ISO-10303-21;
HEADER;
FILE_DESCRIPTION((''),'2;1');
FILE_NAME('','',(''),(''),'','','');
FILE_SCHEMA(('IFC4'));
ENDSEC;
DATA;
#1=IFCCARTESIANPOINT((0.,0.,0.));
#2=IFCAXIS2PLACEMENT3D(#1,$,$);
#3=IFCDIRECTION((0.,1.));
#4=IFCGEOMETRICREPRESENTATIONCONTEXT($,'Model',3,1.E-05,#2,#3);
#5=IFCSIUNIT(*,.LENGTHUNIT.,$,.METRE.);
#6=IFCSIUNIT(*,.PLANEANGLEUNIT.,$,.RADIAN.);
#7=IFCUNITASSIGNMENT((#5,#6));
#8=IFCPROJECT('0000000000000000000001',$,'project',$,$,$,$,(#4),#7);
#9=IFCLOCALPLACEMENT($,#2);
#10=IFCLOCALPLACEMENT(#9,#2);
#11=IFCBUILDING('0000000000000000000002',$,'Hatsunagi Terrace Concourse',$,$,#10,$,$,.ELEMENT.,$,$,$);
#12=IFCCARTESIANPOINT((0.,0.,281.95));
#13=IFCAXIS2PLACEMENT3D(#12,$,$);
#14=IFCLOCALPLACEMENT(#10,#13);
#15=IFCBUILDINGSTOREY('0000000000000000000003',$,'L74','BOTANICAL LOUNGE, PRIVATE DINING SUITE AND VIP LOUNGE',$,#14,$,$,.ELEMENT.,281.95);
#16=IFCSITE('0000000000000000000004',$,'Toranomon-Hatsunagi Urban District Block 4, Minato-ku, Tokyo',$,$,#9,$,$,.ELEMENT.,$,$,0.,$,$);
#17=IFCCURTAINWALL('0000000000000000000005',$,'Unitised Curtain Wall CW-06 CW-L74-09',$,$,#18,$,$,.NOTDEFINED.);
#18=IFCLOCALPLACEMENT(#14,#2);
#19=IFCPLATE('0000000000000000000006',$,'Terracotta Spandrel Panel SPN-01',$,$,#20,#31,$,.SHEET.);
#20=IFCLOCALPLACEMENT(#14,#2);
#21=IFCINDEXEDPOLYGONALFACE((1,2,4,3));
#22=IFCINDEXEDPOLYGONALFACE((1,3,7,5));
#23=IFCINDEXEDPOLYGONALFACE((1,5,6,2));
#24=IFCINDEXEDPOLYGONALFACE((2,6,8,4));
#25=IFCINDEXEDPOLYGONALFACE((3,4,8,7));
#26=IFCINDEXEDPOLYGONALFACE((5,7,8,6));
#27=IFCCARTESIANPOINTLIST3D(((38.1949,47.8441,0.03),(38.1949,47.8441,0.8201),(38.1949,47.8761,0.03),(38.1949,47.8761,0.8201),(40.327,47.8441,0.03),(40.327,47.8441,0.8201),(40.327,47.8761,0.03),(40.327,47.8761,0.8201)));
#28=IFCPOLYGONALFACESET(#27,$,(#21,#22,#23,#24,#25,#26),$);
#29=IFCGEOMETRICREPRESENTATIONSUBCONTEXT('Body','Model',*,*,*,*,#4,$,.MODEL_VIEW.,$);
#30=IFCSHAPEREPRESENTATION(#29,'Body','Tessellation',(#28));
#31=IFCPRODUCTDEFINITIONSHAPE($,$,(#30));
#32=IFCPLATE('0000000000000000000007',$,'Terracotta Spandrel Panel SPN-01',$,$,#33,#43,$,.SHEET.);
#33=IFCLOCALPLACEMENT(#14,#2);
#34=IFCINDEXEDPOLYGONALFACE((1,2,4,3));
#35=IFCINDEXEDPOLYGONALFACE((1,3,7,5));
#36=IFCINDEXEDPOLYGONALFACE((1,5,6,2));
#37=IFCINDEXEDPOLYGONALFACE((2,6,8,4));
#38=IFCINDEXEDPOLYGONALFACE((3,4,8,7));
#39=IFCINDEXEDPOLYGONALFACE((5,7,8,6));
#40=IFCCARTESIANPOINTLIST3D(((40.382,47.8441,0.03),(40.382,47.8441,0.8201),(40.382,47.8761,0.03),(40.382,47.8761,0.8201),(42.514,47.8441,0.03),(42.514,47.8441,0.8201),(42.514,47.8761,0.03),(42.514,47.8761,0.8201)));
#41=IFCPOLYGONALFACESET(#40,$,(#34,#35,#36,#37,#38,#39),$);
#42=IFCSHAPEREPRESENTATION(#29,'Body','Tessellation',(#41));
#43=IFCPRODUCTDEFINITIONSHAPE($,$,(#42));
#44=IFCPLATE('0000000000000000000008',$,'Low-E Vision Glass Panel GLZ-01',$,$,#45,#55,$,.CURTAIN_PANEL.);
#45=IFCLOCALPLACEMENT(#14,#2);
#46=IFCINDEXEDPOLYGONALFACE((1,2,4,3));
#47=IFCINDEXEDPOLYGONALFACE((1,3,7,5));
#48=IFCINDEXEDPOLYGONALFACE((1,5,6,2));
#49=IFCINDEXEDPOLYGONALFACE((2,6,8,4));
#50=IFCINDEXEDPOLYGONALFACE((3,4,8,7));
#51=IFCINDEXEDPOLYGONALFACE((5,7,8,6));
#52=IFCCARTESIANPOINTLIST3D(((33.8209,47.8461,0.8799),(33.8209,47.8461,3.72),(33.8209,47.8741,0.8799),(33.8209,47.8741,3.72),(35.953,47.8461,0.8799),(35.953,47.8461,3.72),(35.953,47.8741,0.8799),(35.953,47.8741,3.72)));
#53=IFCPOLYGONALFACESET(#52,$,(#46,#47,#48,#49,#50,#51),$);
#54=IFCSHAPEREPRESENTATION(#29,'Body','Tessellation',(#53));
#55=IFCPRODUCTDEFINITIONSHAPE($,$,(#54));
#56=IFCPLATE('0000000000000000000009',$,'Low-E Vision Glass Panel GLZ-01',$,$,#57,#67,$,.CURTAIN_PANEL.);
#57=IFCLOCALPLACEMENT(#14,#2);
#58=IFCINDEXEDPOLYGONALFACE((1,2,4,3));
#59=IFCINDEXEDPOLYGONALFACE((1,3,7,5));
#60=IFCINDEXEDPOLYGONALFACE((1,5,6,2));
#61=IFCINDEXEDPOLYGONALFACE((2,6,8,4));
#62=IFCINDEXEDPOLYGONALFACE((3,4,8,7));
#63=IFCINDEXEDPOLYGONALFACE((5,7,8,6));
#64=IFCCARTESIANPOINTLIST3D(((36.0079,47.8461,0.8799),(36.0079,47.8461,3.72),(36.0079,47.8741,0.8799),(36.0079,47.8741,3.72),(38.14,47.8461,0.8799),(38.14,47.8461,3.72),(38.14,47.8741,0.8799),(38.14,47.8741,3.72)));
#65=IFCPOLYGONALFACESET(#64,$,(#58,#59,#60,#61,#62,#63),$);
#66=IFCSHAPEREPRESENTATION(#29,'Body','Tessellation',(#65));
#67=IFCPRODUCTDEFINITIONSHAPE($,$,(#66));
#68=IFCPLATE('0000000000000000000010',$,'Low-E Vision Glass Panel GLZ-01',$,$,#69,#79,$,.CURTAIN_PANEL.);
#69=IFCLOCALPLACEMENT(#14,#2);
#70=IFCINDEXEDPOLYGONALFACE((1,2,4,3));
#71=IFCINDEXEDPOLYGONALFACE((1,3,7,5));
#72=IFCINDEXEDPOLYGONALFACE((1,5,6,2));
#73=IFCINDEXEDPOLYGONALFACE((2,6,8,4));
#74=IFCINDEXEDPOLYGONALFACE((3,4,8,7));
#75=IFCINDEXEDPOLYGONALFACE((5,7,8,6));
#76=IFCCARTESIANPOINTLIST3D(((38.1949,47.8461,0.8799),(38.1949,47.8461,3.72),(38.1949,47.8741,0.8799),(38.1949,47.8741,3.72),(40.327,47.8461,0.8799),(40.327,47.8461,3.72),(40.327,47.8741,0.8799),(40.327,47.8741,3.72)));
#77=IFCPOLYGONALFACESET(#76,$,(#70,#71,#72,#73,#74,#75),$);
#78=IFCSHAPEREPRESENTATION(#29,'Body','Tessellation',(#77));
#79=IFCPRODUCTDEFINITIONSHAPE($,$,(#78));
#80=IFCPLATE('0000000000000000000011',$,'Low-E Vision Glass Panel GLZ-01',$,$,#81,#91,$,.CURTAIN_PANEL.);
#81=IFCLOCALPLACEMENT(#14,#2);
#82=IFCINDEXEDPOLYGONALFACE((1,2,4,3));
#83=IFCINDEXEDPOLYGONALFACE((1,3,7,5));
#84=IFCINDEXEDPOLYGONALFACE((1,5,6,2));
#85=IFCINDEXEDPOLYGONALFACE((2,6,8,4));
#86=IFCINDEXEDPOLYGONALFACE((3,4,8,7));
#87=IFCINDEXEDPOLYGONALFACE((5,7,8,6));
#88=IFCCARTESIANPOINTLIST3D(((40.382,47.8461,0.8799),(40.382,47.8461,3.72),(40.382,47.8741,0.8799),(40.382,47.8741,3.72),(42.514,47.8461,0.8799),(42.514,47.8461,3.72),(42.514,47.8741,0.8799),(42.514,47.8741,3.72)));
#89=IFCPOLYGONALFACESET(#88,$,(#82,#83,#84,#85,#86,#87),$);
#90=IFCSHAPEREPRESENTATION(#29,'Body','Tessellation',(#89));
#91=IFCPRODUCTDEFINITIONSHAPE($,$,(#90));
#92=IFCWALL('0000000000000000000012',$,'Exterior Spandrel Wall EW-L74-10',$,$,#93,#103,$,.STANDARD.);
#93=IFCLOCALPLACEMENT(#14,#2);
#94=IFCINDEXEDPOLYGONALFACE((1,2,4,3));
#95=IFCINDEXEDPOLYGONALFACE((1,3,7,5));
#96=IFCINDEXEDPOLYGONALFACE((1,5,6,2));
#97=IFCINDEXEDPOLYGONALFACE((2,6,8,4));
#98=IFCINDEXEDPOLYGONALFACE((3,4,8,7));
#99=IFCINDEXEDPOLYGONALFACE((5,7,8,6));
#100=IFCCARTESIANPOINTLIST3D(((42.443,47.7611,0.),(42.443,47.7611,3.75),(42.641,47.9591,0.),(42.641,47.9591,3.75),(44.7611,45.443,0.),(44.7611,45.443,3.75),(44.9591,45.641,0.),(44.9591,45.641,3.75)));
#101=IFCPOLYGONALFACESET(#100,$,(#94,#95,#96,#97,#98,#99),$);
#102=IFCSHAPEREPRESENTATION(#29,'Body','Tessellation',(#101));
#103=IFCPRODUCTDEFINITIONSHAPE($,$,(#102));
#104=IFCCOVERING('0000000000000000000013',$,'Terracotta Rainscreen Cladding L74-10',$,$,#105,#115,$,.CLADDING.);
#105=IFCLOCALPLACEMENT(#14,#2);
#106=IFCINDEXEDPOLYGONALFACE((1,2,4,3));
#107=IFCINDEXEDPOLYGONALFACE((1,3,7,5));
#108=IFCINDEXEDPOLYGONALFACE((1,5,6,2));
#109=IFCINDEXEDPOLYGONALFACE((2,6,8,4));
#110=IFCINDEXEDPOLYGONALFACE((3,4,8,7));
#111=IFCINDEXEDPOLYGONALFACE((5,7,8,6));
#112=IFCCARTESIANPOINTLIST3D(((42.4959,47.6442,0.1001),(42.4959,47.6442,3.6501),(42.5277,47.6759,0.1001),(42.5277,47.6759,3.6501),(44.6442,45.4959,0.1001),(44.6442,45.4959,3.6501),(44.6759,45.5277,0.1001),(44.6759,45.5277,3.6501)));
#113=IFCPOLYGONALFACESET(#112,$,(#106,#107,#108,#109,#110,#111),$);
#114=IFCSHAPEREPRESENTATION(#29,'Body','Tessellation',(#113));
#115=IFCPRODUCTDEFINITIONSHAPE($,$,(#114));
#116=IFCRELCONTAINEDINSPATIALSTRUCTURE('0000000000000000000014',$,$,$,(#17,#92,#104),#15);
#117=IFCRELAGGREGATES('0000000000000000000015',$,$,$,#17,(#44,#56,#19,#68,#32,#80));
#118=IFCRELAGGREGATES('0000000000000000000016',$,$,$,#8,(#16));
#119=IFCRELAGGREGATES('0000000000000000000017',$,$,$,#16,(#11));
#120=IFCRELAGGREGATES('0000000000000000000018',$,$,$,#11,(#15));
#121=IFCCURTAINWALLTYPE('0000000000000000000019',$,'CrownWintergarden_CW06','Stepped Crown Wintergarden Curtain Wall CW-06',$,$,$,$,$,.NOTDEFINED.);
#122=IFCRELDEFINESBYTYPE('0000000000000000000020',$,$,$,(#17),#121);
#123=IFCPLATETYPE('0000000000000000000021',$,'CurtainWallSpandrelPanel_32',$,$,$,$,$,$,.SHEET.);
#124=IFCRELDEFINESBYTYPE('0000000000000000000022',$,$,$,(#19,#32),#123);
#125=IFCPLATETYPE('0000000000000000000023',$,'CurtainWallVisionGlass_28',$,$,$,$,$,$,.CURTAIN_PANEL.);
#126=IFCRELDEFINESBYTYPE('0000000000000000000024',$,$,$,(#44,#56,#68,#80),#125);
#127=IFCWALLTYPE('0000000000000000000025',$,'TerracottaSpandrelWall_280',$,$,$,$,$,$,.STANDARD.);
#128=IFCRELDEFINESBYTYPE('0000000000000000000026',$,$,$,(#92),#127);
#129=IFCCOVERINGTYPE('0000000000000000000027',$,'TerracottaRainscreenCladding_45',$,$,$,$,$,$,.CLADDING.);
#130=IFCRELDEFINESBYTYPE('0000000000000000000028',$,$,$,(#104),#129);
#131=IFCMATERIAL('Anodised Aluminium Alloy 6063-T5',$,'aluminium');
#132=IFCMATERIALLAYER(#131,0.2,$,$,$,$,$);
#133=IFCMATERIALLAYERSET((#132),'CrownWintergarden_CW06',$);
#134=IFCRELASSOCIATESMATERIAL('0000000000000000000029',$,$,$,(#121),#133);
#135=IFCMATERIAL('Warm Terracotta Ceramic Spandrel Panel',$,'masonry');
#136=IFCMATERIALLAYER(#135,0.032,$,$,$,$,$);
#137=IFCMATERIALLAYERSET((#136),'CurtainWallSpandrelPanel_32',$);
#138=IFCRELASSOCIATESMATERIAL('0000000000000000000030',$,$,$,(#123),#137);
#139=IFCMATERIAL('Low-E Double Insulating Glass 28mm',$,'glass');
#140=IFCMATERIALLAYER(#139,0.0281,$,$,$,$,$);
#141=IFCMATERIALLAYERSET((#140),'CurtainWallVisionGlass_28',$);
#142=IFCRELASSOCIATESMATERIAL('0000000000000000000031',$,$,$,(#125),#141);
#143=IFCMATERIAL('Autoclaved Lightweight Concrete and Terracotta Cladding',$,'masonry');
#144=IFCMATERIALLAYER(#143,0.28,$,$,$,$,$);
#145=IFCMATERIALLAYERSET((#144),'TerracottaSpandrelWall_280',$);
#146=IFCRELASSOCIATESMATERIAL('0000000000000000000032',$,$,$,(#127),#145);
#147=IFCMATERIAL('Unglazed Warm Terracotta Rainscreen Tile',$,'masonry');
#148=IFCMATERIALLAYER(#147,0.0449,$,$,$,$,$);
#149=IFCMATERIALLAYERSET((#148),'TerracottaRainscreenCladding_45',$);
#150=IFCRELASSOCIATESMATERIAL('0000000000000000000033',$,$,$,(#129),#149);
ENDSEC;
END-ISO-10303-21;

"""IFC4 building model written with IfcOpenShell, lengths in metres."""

from ifc_helpers import new_model, si_unit, direction, frame, frame_2d, origin, origin_2d, place, context, subcontext, project, spatial, rectangle, extrude, material, layer, layer_set, type_object, element, aggregate, save


model = new_model("IFC4")

# Units and contexts
model_context = context("Model", 3, precision=1e-05, world=origin(), true_north=direction((0.0, 1.0)))
body_context = subcontext(model_context, "Body", "Model", "MODEL_VIEW")
ifc_project = project(units=[si_unit("LENGTHUNIT", "METRE"), si_unit("PLANEANGLEUNIT", "RADIAN")], contexts=[model_context])

# Site, building, storey
site_placement = place(None, origin())
site = spatial("IfcSite", under=ifc_project, at=site_placement, Name="Toranomon-Hatsunagi Urban District Block 4, Minato-ku, Tokyo", CompositionType="ELEMENT", RefElevation=0.0)
building_placement = place(site_placement, origin())
building = spatial("IfcBuilding", under=site, at=building_placement, Name="Hatsunagi Terrace Concourse", CompositionType="ELEMENT")
storey_placement = place(building_placement, frame((0.0, 0.0, 281.95)))
storey = spatial("IfcBuildingStorey", under=building, at=storey_placement, Name="L74", Description="BOTANICAL LOUNGE, PRIVATE DINING SUITE AND VIP LOUNGE", CompositionType="ELEMENT", Elevation=281.95)

# Curtain wall
ifc_material_1 = material(Name="Anodised Aluminium Alloy 6063-T5", Category="aluminium")
ifc_layer_1 = layer(ifc_material_1, 0.2)
ifc_layer_set_1 = layer_set([ifc_layer_1], Name="CrownWintergarden_CW06")
curtain_wall_type = type_object("IfcCurtainWallType", Name="CrownWintergarden_CW06", Description="Stepped Crown Wintergarden Curtain Wall CW-06", PredefinedType="NOTDEFINED", material=ifc_layer_set_1)
curtain_wall_placement = place(storey_placement, origin())
curtain_wall = element("IfcCurtainWall", 1, at=curtain_wall_placement, inside=storey, type_object=curtain_wall_type, Name="Unitised Curtain Wall CW-06 CW-L74-09", PredefinedType="NOTDEFINED")

# Plates
ifc_material_2 = material(Name="Warm Terracotta Ceramic Spandrel Panel", Category="masonry")
ifc_layer_2 = layer(ifc_material_2, 0.032)
ifc_layer_set_2 = layer_set([ifc_layer_2], Name="CurtainWallSpandrelPanel_32")
plate_type_1 = type_object("IfcPlateType", Name="CurtainWallSpandrelPanel_32", PredefinedType="SHEET", material=ifc_layer_set_2)
plate_1_placement = place(storey_placement, frame((39.261, 47.8601, 0.03), z_axis=(0.0, 0.0, 1.0), x_axis=(1.0, 0.0, 0.0)))
plate_1 = element("IfcPlate", 2, at=plate_1_placement, type_object=plate_type_1, Name="Terracotta Spandrel Panel SPN-01", PredefinedType="SHEET", context=body_context, shape_type="SweptSolid", body=[
    extrude(rectangle(XDim=2.1321, YDim=0.032, at=origin_2d()), origin(), (0.0, 0.0, 1.0), 0.79),
])
plate_2_placement = place(storey_placement, frame((41.448, 47.8601, 0.03), z_axis=(0.0, 0.0, 1.0), x_axis=(1.0, 0.0, 0.0)))
plate_2 = element("IfcPlate", 3, at=plate_2_placement, type_object=plate_type_1, Name="Terracotta Spandrel Panel SPN-01", PredefinedType="SHEET", context=body_context, shape_type="SweptSolid", body=[
    extrude(rectangle(XDim=2.1321, YDim=0.032, at=origin_2d()), origin(), (0.0, 0.0, 1.0), 0.79),
])
ifc_material_3 = material(Name="Low-E Double Insulating Glass 28mm", Category="glass")
ifc_layer_3 = layer(ifc_material_3, 0.0281)
ifc_layer_set_3 = layer_set([ifc_layer_3], Name="CurtainWallVisionGlass_28")
plate_type_2 = type_object("IfcPlateType", Name="CurtainWallVisionGlass_28", PredefinedType="CURTAIN_PANEL", material=ifc_layer_set_3)
plate_3_placement = place(storey_placement, frame((34.887, 47.8601, 0.8799), z_axis=(0.0, 0.0, 1.0), x_axis=(1.0, 0.0, 0.0)))
plate_3 = element("IfcPlate", 4, at=plate_3_placement, type_object=plate_type_2, Name="Low-E Vision Glass Panel GLZ-01", PredefinedType="CURTAIN_PANEL", context=body_context, shape_type="SweptSolid", body=[
    extrude(rectangle(XDim=2.1321, YDim=0.0281, at=origin_2d()), origin(), (0.0, 0.0, 1.0), 2.8401),
])
plate_4_placement = place(storey_placement, frame((37.074, 47.8601, 0.8799), z_axis=(0.0, 0.0, 1.0), x_axis=(1.0, 0.0, 0.0)))
plate_4 = element("IfcPlate", 5, at=plate_4_placement, type_object=plate_type_2, Name="Low-E Vision Glass Panel GLZ-01", PredefinedType="CURTAIN_PANEL", context=body_context, shape_type="SweptSolid", body=[
    extrude(rectangle(XDim=2.1321, YDim=0.0281, at=origin_2d()), origin(), (0.0, 0.0, 1.0), 2.8401),
])
plate_5_placement = place(storey_placement, frame((39.261, 47.8601, 0.8799), z_axis=(0.0, 0.0, 1.0), x_axis=(1.0, 0.0, 0.0)))
plate_5 = element("IfcPlate", 6, at=plate_5_placement, type_object=plate_type_2, Name="Low-E Vision Glass Panel GLZ-01", PredefinedType="CURTAIN_PANEL", context=body_context, shape_type="SweptSolid", body=[
    extrude(rectangle(XDim=2.1321, YDim=0.0281, at=origin_2d()), origin(), (0.0, 0.0, 1.0), 2.8401),
])
plate_6_placement = place(storey_placement, frame((41.448, 47.8601, 0.8799), z_axis=(0.0, 0.0, 1.0), x_axis=(1.0, 0.0, 0.0)))
plate_6 = element("IfcPlate", 7, at=plate_6_placement, type_object=plate_type_2, Name="Low-E Vision Glass Panel GLZ-01", PredefinedType="CURTAIN_PANEL", context=body_context, shape_type="SweptSolid", body=[
    extrude(rectangle(XDim=2.1321, YDim=0.0281, at=origin_2d()), origin(), (0.0, 0.0, 1.0), 2.8401),
])
aggregate(curtain_wall, [plate_3, plate_4, plate_1, plate_5, plate_2, plate_6])

# Wall
ifc_material_4 = material(Name="Autoclaved Lightweight Concrete and Terracotta Cladding", Category="masonry")
ifc_layer_4 = layer(ifc_material_4, 0.28)
ifc_layer_set_4 = layer_set([ifc_layer_4], Name="TerracottaSpandrelWall_280")
wall_type = type_object("IfcWallType", Name="TerracottaSpandrelWall_280", PredefinedType="STANDARD", material=ifc_layer_set_4)
wall_placement = place(storey_placement, frame((42.542, 47.8601, 0.0), z_axis=(0.0, 0.0, 1.0), x_axis=(0.707107, -0.707107, 0.0)))
element("IfcWall", 8, at=wall_placement, inside=storey, type_object=wall_type, Name="Exterior Spandrel Wall EW-L74-10", PredefinedType="STANDARD", context=body_context, shape_type="SweptSolid", body=[
    extrude(rectangle(XDim=3.2783, YDim=0.28, at=frame_2d((1.6392, 0.0))), origin(), (0.0, 0.0, 1.0), 3.75),
])

# Covering
ifc_material_5 = material(Name="Unglazed Warm Terracotta Rainscreen Tile", Category="masonry")
ifc_layer_5 = layer(ifc_material_5, 0.0449)
ifc_layer_set_5 = layer_set([ifc_layer_5], Name="TerracottaRainscreenCladding_45")
covering_type = type_object("IfcCoveringType", Name="TerracottaRainscreenCladding_45", PredefinedType="CLADDING", material=ifc_layer_set_5)
covering_placement = place(storey_placement, frame((43.5859, 46.5859, 0.1001), z_axis=(0.0, 0.0, 1.0), x_axis=(0.707107, -0.707107, 0.0)))
element("IfcCovering", 9, at=covering_placement, inside=storey, type_object=covering_type, Name="Terracotta Rainscreen Cladding L74-10", PredefinedType="CLADDING", context=body_context, shape_type="SweptSolid", body=[
    extrude(rectangle(XDim=3.0381, YDim=0.0449, at=origin_2d()), origin(), (0.0, 0.0, 1.0), 3.55),
])

save(model, "model.ifc")
